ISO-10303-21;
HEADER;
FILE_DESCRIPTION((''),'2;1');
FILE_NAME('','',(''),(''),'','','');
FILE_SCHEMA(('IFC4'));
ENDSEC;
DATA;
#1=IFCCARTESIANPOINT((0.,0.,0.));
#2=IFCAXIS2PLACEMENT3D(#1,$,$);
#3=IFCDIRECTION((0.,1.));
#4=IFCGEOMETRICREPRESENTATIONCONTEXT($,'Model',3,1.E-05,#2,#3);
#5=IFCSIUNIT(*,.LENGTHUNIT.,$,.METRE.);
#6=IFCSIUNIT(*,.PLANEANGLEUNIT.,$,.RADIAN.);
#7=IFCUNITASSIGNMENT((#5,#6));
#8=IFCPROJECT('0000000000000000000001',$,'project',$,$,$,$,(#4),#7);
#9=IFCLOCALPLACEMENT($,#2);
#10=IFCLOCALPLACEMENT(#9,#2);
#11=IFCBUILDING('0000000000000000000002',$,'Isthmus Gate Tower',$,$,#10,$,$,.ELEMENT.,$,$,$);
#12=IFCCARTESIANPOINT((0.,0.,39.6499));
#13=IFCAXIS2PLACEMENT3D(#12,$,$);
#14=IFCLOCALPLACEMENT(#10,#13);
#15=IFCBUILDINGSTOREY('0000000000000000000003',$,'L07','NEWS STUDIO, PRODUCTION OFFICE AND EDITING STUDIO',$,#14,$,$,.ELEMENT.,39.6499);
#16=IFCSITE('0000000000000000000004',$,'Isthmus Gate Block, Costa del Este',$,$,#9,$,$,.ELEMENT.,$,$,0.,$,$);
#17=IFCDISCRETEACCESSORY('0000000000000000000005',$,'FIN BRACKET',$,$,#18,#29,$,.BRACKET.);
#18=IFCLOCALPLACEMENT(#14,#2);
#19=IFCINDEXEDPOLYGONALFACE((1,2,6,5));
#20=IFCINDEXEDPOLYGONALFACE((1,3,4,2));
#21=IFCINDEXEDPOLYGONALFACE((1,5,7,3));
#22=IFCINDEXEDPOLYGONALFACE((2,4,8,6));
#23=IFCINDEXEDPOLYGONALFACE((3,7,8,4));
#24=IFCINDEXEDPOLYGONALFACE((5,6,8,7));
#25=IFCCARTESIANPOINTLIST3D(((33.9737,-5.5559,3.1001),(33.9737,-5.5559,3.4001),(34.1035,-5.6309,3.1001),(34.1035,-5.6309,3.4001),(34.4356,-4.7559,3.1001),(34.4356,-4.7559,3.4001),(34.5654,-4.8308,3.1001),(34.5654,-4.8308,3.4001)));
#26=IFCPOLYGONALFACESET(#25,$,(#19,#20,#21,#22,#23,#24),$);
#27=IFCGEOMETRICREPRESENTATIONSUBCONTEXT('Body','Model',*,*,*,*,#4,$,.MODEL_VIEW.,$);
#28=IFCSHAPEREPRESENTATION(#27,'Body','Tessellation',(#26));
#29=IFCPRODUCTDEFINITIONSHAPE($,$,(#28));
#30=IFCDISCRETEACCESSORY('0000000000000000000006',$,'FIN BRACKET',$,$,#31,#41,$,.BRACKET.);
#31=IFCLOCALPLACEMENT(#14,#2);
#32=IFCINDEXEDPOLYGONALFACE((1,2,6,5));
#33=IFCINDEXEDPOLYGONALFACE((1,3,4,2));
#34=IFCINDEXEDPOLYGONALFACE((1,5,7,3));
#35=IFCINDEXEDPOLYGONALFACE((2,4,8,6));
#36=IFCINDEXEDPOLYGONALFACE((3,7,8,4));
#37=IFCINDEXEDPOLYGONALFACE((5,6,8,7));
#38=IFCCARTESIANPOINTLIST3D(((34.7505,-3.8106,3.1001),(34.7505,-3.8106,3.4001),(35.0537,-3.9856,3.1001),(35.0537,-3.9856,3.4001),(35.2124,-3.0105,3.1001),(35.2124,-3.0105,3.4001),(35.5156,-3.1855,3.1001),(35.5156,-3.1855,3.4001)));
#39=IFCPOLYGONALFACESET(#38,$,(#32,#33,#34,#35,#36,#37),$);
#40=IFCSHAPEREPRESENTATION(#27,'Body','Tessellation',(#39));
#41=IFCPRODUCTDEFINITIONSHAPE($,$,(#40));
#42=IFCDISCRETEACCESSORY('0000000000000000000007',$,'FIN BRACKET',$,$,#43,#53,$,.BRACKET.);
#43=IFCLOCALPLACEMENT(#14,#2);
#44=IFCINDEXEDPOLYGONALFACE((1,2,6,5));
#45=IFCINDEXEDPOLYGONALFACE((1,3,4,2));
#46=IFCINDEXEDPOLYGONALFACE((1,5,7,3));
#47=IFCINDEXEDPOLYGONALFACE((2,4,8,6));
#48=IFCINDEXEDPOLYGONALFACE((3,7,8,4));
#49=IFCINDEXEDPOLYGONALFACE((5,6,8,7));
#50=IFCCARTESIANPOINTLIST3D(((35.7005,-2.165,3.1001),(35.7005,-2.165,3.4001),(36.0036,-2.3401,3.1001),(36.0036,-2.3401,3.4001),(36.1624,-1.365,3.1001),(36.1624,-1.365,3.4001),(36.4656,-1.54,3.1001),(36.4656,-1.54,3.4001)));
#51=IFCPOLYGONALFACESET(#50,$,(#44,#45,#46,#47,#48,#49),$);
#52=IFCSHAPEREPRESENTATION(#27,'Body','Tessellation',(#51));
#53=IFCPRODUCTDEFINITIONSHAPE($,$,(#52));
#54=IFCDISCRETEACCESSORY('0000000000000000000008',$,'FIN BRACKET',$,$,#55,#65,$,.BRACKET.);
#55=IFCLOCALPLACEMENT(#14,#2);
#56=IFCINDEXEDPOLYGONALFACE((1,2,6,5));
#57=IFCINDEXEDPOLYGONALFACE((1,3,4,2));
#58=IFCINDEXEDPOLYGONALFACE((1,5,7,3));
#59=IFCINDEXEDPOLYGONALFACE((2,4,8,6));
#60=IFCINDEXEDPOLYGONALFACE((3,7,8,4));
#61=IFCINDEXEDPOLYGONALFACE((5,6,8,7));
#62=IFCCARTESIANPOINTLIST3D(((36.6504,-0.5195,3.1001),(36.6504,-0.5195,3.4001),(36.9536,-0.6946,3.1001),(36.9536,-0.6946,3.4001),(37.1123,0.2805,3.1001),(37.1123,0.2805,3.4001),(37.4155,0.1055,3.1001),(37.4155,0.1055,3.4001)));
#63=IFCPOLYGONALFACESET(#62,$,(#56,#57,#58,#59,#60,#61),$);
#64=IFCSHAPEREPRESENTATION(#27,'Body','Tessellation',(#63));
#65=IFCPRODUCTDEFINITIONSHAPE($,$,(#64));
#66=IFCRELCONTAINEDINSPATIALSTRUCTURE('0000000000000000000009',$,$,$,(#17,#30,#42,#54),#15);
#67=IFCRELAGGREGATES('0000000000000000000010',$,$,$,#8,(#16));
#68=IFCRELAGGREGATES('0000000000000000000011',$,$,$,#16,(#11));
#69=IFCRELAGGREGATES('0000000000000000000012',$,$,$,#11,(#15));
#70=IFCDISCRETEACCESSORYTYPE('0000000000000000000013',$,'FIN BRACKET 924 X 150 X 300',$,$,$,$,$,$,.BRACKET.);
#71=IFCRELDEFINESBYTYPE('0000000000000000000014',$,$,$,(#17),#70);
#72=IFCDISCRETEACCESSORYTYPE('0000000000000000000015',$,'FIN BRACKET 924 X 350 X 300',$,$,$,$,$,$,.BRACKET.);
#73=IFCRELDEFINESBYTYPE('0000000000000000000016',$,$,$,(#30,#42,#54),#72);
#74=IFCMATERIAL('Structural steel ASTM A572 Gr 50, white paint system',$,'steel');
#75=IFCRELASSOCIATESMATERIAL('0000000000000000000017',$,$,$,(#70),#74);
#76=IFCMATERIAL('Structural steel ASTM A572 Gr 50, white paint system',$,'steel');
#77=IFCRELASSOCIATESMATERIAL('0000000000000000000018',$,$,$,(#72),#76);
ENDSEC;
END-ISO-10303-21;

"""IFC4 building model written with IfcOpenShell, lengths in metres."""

from ifc_helpers import new_model, si_unit, direction, frame, origin, origin_2d, place, context, subcontext, project, spatial, rectangle, extrude, material, type_object, element, save


model = new_model("IFC4")

# Units and contexts
model_context = context("Model", 3, precision=1e-05, world=origin(), true_north=direction((0.0, 1.0)))
body_context = subcontext(model_context, "Body", "Model", "MODEL_VIEW")
ifc_project = project(units=[si_unit("LENGTHUNIT", "METRE"), si_unit("PLANEANGLEUNIT", "RADIAN")], contexts=[model_context])

# Site, building, storey
site_placement = place(None, origin())
site = spatial("IfcSite", under=ifc_project, at=site_placement, Name="Isthmus Gate Block, Costa del Este", CompositionType="ELEMENT", RefElevation=0.0)
building_placement = place(site_placement, origin())
building = spatial("IfcBuilding", under=site, at=building_placement, Name="Isthmus Gate Tower", CompositionType="ELEMENT")
storey_placement = place(building_placement, frame((0.0, 0.0, 39.6499)))
storey = spatial("IfcBuildingStorey", under=building, at=storey_placement, Name="L07", Description="NEWS STUDIO, PRODUCTION OFFICE AND EDITING STUDIO", CompositionType="ELEMENT", Elevation=39.6499)

# Discrete accessories
ifc_material_1 = material(Name="Structural steel ASTM A572 Gr 50, white paint system", Category="steel")
discrete_accessory_type_1 = type_object("IfcDiscreteAccessoryType", Name="FIN BRACKET 924 X 150 X 300", PredefinedType="BRACKET", material=ifc_material_1)
discrete_accessory_placement = place(storey_placement, frame((34.2695, -5.1934, 3.1001), z_axis=(0.0, 0.0, 1.0), x_axis=(0.866025, -0.5, 0.0)))
element("IfcDiscreteAccessory", 1, at=discrete_accessory_placement, inside=storey, type_object=discrete_accessory_type_1, Name="FIN BRACKET", PredefinedType="BRACKET", context=body_context, shape_type="SweptSolid", body=[
    extrude(rectangle(XDim=0.1499, YDim=0.9238, at=origin_2d()), origin(), (0.0, 0.0, 1.0), 0.3),
])
ifc_material_2 = material(Name="Structural steel ASTM A572 Gr 50, white paint system", Category="steel")
discrete_accessory_type_2 = type_object("IfcDiscreteAccessoryType", Name="FIN BRACKET 924 X 350 X 300", PredefinedType="BRACKET", material=ifc_material_2)
for number, where, z_axis, x_axis, name in (
    (2, (35.1331, -3.498, 3.1001), (0.0, 0.0, 1.0), (0.866025, -0.5, 0.0), "FIN BRACKET"),
    (3, (36.083, -1.8525, 3.1001), (0.0, 0.0, 1.0), (0.866025, -0.5, 0.0), "FIN BRACKET"),
    (4, (37.033, -0.207, 3.1001), (0.0, 0.0, 1.0), (0.866025, -0.5, 0.0), "FIN BRACKET"),
):
    element("IfcDiscreteAccessory", number, at=place(storey_placement, frame(where, z_axis=z_axis, x_axis=x_axis)), inside=storey, type_object=discrete_accessory_type_2, Name=name, PredefinedType="BRACKET", context=body_context, shape_type="SweptSolid", body=[
        extrude(rectangle(XDim=0.3501, YDim=0.9238, at=origin_2d()), origin(), (0.0, 0.0, 1.0), 0.3),
    ])

save(model, "model.ifc")
